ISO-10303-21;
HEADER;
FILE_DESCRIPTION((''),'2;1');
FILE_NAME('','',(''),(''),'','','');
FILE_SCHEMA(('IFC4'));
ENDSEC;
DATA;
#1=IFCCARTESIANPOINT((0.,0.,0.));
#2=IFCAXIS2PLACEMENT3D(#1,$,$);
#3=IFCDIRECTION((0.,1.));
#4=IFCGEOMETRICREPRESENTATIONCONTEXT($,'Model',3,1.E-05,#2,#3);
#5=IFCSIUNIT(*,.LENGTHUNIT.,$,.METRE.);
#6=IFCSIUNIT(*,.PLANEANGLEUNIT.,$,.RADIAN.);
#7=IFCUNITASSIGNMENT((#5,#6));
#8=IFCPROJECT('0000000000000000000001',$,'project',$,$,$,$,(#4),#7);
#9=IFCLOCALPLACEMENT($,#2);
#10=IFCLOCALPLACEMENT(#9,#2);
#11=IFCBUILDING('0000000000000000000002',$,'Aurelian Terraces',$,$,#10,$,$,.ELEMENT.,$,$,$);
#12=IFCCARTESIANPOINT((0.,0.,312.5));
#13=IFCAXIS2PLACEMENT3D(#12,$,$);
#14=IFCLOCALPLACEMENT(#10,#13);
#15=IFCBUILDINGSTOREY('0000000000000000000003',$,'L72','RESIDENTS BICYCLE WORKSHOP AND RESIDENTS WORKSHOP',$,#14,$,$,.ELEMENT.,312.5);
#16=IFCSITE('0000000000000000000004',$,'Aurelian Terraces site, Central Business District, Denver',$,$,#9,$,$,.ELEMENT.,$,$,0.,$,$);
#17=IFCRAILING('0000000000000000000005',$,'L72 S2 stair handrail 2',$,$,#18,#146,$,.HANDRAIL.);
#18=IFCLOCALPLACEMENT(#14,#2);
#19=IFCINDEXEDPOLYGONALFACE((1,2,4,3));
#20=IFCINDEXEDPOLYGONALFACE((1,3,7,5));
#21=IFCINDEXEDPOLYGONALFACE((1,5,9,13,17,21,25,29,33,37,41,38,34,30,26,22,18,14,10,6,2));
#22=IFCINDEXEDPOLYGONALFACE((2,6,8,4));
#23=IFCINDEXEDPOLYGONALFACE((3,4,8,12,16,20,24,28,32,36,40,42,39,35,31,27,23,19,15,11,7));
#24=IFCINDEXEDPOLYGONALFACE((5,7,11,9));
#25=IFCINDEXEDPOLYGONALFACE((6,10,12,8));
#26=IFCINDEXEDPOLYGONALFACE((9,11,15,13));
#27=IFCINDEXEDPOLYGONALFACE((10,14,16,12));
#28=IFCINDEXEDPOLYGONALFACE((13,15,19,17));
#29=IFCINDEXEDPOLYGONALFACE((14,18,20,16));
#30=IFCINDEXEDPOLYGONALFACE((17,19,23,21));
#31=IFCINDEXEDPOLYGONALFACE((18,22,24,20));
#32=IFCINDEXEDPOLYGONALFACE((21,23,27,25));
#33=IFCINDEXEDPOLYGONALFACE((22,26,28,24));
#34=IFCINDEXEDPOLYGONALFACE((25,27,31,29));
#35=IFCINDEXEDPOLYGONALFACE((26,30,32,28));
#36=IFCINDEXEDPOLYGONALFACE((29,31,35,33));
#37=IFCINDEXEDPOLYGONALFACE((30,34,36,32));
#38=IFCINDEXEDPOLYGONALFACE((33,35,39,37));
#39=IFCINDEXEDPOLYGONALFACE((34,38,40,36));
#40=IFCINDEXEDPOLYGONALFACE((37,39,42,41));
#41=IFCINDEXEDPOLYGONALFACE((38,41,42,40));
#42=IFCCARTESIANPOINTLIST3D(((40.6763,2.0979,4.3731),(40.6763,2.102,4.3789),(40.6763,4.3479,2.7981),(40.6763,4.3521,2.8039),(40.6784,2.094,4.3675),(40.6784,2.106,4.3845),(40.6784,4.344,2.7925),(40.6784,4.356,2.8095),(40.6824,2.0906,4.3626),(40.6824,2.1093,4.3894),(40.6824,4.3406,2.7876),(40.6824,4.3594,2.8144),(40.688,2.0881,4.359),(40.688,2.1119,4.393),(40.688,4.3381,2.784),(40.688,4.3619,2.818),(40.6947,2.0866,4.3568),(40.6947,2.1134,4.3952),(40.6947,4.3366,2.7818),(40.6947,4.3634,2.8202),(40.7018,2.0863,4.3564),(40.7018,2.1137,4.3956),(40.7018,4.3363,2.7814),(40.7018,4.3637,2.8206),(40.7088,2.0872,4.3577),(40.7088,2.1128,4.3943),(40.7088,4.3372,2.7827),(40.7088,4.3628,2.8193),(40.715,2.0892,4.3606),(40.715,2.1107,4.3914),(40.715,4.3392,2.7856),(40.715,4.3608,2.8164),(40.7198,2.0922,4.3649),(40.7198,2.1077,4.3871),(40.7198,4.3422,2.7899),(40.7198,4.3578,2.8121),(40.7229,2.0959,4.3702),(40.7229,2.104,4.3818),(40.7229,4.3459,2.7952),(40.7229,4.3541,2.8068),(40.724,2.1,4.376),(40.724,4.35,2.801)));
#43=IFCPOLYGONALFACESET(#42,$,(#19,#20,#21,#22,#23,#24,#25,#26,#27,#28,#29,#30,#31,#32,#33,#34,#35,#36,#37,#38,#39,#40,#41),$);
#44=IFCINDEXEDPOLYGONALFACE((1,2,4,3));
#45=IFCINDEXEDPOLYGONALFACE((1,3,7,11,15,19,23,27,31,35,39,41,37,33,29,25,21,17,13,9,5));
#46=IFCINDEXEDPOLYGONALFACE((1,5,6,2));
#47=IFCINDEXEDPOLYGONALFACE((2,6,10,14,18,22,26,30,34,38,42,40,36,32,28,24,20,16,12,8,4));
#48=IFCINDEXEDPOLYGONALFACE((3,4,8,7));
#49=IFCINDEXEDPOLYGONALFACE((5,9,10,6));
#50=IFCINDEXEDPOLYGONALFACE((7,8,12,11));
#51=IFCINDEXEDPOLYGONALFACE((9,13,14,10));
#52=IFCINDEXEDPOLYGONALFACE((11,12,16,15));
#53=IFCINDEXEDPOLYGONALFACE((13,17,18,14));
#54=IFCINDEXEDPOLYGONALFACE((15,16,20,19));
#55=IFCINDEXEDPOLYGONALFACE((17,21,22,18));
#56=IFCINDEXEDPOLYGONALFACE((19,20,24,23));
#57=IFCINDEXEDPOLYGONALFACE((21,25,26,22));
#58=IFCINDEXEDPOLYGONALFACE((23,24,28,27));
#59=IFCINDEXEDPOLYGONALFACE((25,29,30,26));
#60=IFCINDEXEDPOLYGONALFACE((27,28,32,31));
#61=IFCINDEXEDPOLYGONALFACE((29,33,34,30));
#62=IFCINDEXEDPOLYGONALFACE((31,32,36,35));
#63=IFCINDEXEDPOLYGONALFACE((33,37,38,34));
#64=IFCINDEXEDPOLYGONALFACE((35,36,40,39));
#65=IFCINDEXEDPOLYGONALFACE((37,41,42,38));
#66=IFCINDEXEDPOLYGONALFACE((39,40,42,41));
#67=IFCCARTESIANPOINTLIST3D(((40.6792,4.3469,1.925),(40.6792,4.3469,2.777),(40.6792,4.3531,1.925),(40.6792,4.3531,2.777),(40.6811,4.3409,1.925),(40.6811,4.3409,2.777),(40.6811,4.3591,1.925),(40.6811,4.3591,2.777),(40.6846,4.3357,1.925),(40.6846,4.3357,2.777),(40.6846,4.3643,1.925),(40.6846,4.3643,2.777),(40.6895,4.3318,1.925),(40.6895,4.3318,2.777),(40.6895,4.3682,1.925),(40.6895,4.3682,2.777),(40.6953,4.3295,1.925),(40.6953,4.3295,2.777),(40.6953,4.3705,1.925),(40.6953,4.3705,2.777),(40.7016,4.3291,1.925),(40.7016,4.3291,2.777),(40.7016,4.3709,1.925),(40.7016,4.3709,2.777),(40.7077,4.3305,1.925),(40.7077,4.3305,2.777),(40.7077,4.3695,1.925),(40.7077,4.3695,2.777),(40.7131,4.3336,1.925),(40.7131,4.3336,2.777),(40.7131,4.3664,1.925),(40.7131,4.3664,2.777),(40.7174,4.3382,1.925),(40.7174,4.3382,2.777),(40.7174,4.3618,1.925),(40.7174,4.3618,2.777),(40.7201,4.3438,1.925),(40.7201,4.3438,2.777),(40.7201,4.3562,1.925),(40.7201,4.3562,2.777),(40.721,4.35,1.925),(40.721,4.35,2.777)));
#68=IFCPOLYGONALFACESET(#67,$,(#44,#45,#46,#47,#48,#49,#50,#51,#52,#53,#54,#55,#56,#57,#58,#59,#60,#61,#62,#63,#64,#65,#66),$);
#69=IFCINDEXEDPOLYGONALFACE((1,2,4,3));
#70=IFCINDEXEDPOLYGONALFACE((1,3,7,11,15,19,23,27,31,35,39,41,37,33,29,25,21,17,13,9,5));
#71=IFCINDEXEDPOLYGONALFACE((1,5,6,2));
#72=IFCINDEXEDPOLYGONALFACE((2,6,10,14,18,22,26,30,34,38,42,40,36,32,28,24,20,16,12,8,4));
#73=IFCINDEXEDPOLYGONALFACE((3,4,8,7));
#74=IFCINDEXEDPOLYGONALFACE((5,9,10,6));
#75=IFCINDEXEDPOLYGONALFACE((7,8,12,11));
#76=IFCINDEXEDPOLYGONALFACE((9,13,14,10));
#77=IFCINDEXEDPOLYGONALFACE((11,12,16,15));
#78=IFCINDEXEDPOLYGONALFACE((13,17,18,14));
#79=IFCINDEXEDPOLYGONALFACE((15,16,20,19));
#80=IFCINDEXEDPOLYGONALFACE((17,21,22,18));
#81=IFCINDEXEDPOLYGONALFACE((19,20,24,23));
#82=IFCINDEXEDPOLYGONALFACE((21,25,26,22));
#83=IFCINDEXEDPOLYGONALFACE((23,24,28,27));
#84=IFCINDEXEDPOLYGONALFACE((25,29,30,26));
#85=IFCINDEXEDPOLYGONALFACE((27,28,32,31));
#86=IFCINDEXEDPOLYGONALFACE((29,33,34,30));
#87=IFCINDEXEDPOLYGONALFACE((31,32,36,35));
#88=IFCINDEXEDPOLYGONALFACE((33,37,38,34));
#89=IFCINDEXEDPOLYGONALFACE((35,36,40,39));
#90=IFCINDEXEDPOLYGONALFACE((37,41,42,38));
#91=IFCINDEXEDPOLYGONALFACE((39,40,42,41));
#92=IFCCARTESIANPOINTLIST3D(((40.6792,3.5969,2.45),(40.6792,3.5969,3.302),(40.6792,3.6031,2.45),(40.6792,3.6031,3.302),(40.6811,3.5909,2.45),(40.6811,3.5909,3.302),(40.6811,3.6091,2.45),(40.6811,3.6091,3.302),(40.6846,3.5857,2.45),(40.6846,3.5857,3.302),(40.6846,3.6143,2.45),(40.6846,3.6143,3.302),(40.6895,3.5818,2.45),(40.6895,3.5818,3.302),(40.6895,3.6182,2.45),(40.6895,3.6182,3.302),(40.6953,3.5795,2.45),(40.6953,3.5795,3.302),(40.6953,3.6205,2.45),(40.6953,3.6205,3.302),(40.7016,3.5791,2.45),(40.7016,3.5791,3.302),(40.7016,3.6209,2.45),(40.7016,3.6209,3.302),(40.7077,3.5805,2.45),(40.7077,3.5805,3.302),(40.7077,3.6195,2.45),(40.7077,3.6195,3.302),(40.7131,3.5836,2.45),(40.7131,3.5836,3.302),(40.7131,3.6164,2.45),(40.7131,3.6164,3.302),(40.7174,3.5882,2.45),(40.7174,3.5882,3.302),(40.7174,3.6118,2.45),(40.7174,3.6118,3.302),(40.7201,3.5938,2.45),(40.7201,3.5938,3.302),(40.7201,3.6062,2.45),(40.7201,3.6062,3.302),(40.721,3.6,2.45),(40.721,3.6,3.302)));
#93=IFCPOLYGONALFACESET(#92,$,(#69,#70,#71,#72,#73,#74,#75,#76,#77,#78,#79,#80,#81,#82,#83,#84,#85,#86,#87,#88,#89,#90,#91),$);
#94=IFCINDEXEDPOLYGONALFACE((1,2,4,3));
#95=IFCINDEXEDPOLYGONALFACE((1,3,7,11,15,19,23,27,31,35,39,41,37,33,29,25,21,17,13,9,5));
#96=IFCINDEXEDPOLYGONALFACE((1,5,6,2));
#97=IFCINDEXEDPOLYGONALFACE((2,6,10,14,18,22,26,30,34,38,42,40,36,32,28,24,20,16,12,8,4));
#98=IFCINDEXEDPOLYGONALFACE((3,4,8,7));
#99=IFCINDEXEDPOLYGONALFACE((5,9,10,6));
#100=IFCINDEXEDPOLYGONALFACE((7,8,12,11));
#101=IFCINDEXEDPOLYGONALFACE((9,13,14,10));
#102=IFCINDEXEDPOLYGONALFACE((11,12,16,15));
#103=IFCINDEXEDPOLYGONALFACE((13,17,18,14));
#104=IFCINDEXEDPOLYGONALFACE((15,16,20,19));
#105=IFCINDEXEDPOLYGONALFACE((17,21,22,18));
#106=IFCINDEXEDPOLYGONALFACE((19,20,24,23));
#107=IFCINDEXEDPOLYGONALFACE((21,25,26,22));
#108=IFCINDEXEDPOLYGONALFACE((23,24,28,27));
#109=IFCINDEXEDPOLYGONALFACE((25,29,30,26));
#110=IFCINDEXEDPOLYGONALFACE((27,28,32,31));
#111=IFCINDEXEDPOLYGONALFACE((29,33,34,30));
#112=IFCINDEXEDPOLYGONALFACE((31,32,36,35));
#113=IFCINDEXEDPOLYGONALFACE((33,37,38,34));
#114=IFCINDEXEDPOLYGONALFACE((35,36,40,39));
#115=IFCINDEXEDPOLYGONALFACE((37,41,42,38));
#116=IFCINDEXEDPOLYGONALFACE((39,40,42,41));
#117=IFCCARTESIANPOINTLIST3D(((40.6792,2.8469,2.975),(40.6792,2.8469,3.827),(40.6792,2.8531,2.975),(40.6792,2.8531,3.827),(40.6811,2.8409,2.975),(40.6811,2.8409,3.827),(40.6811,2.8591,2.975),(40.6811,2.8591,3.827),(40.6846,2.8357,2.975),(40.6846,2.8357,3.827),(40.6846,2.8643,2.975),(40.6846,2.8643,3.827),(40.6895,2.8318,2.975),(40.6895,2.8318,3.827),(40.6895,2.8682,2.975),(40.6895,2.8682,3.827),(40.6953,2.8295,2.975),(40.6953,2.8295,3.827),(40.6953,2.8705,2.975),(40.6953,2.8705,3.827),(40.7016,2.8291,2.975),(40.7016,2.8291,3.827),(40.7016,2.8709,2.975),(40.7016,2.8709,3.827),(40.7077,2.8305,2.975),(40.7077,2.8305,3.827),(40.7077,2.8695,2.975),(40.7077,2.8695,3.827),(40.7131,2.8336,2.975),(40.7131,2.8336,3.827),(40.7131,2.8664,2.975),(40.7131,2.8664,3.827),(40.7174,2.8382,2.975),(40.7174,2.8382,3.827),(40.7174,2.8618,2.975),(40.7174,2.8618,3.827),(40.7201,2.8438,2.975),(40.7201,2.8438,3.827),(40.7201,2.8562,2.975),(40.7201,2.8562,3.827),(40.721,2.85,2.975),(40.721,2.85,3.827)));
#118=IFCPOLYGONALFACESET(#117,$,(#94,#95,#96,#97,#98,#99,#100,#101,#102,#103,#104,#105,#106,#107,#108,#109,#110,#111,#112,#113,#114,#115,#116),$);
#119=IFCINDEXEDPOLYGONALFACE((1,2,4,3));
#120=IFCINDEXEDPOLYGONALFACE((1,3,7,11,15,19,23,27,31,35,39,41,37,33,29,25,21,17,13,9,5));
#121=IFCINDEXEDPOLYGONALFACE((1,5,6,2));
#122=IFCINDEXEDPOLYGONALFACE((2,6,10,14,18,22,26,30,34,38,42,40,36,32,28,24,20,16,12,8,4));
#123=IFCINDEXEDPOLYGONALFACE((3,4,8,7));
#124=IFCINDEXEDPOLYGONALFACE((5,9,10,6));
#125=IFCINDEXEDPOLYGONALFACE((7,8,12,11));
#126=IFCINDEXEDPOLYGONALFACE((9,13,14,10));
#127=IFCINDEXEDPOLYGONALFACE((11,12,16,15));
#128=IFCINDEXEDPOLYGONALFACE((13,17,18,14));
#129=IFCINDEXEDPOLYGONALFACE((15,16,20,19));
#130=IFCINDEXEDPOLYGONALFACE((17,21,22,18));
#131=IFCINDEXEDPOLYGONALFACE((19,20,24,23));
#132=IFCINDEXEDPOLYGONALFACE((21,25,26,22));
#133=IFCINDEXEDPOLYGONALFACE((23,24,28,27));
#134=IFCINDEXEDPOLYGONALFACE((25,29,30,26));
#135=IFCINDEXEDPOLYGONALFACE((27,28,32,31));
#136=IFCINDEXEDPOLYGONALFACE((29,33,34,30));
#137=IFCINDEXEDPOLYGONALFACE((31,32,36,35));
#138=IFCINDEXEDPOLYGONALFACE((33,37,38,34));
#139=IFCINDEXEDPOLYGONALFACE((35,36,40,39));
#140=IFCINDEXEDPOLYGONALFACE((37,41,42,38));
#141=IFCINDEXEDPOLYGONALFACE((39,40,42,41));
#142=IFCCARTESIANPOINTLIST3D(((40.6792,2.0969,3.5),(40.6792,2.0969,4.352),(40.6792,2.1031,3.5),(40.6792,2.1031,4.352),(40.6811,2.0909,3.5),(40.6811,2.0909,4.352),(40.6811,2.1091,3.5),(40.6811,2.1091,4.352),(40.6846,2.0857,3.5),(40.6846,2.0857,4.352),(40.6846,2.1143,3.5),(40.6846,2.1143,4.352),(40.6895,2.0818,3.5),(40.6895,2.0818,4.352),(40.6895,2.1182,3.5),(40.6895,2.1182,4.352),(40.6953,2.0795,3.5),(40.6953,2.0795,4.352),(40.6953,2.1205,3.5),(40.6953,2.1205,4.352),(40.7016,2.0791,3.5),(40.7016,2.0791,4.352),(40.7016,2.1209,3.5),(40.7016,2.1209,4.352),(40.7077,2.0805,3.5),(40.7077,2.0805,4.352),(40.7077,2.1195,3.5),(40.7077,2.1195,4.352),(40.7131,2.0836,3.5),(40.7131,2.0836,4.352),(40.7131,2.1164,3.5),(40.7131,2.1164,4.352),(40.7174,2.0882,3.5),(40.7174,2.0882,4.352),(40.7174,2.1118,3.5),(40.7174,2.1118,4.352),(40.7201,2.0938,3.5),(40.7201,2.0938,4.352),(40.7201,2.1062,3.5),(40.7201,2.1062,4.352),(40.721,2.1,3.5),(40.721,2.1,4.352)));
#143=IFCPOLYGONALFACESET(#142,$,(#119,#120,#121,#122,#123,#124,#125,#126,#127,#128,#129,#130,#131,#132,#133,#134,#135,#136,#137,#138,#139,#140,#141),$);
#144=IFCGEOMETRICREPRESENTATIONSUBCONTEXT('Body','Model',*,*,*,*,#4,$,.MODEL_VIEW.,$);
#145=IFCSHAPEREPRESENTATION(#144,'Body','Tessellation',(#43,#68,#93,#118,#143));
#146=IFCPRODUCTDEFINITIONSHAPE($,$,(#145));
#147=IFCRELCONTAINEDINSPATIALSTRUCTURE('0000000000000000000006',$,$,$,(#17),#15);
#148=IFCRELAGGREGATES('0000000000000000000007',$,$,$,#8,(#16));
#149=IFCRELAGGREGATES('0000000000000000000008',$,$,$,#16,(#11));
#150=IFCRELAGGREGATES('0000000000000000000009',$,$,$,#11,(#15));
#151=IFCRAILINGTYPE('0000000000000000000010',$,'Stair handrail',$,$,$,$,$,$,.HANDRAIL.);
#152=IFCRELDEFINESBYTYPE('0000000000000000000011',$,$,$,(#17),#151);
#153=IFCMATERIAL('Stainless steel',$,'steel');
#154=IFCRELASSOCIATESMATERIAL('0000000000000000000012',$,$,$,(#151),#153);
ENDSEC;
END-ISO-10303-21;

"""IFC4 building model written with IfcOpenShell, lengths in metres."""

from ifc_helpers import new_model, si_unit, direction, frame, origin, origin_2d, place, context, subcontext, project, spatial, circle, extrude, source, transform, mapped, material, type_object, element, save


model = new_model("IFC4")

# Units and contexts
model_context = context("Model", 3, precision=1e-05, world=origin(), true_north=direction((0.0, 1.0)))
body_context = subcontext(model_context, "Body", "Model", "MODEL_VIEW")
ifc_project = project(units=[si_unit("LENGTHUNIT", "METRE"), si_unit("PLANEANGLEUNIT", "RADIAN")], contexts=[model_context])

# Site, building, storey
site_placement = place(None, origin())
site = spatial("IfcSite", under=ifc_project, at=site_placement, Name="Aurelian Terraces site, Central Business District, Denver", CompositionType="ELEMENT", RefElevation=0.0)
building_placement = place(site_placement, origin())
building = spatial("IfcBuilding", under=site, at=building_placement, Name="Aurelian Terraces", CompositionType="ELEMENT")
storey_placement = place(building_placement, frame((0.0, 0.0, 312.5)))
storey = spatial("IfcBuildingStorey", under=building, at=storey_placement, Name="L72", Description="RESIDENTS BICYCLE WORKSHOP AND RESIDENTS WORKSHOP", CompositionType="ELEMENT", Elevation=312.5)

# Railing
ifc_material_1 = material(Name="Stainless steel", Category="steel")
railing_type_1 = type_object("IfcRailingType", Name="Stair handrail", PredefinedType="HANDRAIL", material=ifc_material_1)
shared_shape_1 = source(origin(), body_context, "Body", "SweptSolid", [
    extrude(circle(Radius=0.024, at=origin_2d()), frame((0.0, 0.0, 0.876), z_axis=(0.0, -0.819232, 0.573462), x_axis=(1.0, 0.0, 0.0)), (0.0, 0.0, 1.0), 2.7465),
    extrude(circle(Radius=0.021, at=origin_2d()), origin(), (0.0, 0.0, 1.0), 0.852),
    extrude(circle(Radius=0.021, at=origin_2d()), frame((0.0, -0.75, 0.525)), (0.0, 0.0, 1.0), 0.852),
    extrude(circle(Radius=0.021, at=origin_2d()), frame((0.0, -1.5, 1.05)), (0.0, 0.0, 1.0), 0.852),
    extrude(circle(Radius=0.021, at=origin_2d()), frame((0.0, -2.25, 1.575)), (0.0, 0.0, 1.0), 0.852),
])
railing_1_placement = place(storey_placement, frame((40.7, 4.35, 1.925)))
element("IfcRailing", 1, at=railing_1_placement, inside=storey, type_object=railing_type_1, Name="L72 S2 stair handrail 2", PredefinedType="HANDRAIL", context=body_context, shape_type="MappedRepresentation", body=[
    mapped(shared_shape_1, transform((0.0, 0.0, 0.0), scale=1.0)),
])

save(model, "model.ifc")
